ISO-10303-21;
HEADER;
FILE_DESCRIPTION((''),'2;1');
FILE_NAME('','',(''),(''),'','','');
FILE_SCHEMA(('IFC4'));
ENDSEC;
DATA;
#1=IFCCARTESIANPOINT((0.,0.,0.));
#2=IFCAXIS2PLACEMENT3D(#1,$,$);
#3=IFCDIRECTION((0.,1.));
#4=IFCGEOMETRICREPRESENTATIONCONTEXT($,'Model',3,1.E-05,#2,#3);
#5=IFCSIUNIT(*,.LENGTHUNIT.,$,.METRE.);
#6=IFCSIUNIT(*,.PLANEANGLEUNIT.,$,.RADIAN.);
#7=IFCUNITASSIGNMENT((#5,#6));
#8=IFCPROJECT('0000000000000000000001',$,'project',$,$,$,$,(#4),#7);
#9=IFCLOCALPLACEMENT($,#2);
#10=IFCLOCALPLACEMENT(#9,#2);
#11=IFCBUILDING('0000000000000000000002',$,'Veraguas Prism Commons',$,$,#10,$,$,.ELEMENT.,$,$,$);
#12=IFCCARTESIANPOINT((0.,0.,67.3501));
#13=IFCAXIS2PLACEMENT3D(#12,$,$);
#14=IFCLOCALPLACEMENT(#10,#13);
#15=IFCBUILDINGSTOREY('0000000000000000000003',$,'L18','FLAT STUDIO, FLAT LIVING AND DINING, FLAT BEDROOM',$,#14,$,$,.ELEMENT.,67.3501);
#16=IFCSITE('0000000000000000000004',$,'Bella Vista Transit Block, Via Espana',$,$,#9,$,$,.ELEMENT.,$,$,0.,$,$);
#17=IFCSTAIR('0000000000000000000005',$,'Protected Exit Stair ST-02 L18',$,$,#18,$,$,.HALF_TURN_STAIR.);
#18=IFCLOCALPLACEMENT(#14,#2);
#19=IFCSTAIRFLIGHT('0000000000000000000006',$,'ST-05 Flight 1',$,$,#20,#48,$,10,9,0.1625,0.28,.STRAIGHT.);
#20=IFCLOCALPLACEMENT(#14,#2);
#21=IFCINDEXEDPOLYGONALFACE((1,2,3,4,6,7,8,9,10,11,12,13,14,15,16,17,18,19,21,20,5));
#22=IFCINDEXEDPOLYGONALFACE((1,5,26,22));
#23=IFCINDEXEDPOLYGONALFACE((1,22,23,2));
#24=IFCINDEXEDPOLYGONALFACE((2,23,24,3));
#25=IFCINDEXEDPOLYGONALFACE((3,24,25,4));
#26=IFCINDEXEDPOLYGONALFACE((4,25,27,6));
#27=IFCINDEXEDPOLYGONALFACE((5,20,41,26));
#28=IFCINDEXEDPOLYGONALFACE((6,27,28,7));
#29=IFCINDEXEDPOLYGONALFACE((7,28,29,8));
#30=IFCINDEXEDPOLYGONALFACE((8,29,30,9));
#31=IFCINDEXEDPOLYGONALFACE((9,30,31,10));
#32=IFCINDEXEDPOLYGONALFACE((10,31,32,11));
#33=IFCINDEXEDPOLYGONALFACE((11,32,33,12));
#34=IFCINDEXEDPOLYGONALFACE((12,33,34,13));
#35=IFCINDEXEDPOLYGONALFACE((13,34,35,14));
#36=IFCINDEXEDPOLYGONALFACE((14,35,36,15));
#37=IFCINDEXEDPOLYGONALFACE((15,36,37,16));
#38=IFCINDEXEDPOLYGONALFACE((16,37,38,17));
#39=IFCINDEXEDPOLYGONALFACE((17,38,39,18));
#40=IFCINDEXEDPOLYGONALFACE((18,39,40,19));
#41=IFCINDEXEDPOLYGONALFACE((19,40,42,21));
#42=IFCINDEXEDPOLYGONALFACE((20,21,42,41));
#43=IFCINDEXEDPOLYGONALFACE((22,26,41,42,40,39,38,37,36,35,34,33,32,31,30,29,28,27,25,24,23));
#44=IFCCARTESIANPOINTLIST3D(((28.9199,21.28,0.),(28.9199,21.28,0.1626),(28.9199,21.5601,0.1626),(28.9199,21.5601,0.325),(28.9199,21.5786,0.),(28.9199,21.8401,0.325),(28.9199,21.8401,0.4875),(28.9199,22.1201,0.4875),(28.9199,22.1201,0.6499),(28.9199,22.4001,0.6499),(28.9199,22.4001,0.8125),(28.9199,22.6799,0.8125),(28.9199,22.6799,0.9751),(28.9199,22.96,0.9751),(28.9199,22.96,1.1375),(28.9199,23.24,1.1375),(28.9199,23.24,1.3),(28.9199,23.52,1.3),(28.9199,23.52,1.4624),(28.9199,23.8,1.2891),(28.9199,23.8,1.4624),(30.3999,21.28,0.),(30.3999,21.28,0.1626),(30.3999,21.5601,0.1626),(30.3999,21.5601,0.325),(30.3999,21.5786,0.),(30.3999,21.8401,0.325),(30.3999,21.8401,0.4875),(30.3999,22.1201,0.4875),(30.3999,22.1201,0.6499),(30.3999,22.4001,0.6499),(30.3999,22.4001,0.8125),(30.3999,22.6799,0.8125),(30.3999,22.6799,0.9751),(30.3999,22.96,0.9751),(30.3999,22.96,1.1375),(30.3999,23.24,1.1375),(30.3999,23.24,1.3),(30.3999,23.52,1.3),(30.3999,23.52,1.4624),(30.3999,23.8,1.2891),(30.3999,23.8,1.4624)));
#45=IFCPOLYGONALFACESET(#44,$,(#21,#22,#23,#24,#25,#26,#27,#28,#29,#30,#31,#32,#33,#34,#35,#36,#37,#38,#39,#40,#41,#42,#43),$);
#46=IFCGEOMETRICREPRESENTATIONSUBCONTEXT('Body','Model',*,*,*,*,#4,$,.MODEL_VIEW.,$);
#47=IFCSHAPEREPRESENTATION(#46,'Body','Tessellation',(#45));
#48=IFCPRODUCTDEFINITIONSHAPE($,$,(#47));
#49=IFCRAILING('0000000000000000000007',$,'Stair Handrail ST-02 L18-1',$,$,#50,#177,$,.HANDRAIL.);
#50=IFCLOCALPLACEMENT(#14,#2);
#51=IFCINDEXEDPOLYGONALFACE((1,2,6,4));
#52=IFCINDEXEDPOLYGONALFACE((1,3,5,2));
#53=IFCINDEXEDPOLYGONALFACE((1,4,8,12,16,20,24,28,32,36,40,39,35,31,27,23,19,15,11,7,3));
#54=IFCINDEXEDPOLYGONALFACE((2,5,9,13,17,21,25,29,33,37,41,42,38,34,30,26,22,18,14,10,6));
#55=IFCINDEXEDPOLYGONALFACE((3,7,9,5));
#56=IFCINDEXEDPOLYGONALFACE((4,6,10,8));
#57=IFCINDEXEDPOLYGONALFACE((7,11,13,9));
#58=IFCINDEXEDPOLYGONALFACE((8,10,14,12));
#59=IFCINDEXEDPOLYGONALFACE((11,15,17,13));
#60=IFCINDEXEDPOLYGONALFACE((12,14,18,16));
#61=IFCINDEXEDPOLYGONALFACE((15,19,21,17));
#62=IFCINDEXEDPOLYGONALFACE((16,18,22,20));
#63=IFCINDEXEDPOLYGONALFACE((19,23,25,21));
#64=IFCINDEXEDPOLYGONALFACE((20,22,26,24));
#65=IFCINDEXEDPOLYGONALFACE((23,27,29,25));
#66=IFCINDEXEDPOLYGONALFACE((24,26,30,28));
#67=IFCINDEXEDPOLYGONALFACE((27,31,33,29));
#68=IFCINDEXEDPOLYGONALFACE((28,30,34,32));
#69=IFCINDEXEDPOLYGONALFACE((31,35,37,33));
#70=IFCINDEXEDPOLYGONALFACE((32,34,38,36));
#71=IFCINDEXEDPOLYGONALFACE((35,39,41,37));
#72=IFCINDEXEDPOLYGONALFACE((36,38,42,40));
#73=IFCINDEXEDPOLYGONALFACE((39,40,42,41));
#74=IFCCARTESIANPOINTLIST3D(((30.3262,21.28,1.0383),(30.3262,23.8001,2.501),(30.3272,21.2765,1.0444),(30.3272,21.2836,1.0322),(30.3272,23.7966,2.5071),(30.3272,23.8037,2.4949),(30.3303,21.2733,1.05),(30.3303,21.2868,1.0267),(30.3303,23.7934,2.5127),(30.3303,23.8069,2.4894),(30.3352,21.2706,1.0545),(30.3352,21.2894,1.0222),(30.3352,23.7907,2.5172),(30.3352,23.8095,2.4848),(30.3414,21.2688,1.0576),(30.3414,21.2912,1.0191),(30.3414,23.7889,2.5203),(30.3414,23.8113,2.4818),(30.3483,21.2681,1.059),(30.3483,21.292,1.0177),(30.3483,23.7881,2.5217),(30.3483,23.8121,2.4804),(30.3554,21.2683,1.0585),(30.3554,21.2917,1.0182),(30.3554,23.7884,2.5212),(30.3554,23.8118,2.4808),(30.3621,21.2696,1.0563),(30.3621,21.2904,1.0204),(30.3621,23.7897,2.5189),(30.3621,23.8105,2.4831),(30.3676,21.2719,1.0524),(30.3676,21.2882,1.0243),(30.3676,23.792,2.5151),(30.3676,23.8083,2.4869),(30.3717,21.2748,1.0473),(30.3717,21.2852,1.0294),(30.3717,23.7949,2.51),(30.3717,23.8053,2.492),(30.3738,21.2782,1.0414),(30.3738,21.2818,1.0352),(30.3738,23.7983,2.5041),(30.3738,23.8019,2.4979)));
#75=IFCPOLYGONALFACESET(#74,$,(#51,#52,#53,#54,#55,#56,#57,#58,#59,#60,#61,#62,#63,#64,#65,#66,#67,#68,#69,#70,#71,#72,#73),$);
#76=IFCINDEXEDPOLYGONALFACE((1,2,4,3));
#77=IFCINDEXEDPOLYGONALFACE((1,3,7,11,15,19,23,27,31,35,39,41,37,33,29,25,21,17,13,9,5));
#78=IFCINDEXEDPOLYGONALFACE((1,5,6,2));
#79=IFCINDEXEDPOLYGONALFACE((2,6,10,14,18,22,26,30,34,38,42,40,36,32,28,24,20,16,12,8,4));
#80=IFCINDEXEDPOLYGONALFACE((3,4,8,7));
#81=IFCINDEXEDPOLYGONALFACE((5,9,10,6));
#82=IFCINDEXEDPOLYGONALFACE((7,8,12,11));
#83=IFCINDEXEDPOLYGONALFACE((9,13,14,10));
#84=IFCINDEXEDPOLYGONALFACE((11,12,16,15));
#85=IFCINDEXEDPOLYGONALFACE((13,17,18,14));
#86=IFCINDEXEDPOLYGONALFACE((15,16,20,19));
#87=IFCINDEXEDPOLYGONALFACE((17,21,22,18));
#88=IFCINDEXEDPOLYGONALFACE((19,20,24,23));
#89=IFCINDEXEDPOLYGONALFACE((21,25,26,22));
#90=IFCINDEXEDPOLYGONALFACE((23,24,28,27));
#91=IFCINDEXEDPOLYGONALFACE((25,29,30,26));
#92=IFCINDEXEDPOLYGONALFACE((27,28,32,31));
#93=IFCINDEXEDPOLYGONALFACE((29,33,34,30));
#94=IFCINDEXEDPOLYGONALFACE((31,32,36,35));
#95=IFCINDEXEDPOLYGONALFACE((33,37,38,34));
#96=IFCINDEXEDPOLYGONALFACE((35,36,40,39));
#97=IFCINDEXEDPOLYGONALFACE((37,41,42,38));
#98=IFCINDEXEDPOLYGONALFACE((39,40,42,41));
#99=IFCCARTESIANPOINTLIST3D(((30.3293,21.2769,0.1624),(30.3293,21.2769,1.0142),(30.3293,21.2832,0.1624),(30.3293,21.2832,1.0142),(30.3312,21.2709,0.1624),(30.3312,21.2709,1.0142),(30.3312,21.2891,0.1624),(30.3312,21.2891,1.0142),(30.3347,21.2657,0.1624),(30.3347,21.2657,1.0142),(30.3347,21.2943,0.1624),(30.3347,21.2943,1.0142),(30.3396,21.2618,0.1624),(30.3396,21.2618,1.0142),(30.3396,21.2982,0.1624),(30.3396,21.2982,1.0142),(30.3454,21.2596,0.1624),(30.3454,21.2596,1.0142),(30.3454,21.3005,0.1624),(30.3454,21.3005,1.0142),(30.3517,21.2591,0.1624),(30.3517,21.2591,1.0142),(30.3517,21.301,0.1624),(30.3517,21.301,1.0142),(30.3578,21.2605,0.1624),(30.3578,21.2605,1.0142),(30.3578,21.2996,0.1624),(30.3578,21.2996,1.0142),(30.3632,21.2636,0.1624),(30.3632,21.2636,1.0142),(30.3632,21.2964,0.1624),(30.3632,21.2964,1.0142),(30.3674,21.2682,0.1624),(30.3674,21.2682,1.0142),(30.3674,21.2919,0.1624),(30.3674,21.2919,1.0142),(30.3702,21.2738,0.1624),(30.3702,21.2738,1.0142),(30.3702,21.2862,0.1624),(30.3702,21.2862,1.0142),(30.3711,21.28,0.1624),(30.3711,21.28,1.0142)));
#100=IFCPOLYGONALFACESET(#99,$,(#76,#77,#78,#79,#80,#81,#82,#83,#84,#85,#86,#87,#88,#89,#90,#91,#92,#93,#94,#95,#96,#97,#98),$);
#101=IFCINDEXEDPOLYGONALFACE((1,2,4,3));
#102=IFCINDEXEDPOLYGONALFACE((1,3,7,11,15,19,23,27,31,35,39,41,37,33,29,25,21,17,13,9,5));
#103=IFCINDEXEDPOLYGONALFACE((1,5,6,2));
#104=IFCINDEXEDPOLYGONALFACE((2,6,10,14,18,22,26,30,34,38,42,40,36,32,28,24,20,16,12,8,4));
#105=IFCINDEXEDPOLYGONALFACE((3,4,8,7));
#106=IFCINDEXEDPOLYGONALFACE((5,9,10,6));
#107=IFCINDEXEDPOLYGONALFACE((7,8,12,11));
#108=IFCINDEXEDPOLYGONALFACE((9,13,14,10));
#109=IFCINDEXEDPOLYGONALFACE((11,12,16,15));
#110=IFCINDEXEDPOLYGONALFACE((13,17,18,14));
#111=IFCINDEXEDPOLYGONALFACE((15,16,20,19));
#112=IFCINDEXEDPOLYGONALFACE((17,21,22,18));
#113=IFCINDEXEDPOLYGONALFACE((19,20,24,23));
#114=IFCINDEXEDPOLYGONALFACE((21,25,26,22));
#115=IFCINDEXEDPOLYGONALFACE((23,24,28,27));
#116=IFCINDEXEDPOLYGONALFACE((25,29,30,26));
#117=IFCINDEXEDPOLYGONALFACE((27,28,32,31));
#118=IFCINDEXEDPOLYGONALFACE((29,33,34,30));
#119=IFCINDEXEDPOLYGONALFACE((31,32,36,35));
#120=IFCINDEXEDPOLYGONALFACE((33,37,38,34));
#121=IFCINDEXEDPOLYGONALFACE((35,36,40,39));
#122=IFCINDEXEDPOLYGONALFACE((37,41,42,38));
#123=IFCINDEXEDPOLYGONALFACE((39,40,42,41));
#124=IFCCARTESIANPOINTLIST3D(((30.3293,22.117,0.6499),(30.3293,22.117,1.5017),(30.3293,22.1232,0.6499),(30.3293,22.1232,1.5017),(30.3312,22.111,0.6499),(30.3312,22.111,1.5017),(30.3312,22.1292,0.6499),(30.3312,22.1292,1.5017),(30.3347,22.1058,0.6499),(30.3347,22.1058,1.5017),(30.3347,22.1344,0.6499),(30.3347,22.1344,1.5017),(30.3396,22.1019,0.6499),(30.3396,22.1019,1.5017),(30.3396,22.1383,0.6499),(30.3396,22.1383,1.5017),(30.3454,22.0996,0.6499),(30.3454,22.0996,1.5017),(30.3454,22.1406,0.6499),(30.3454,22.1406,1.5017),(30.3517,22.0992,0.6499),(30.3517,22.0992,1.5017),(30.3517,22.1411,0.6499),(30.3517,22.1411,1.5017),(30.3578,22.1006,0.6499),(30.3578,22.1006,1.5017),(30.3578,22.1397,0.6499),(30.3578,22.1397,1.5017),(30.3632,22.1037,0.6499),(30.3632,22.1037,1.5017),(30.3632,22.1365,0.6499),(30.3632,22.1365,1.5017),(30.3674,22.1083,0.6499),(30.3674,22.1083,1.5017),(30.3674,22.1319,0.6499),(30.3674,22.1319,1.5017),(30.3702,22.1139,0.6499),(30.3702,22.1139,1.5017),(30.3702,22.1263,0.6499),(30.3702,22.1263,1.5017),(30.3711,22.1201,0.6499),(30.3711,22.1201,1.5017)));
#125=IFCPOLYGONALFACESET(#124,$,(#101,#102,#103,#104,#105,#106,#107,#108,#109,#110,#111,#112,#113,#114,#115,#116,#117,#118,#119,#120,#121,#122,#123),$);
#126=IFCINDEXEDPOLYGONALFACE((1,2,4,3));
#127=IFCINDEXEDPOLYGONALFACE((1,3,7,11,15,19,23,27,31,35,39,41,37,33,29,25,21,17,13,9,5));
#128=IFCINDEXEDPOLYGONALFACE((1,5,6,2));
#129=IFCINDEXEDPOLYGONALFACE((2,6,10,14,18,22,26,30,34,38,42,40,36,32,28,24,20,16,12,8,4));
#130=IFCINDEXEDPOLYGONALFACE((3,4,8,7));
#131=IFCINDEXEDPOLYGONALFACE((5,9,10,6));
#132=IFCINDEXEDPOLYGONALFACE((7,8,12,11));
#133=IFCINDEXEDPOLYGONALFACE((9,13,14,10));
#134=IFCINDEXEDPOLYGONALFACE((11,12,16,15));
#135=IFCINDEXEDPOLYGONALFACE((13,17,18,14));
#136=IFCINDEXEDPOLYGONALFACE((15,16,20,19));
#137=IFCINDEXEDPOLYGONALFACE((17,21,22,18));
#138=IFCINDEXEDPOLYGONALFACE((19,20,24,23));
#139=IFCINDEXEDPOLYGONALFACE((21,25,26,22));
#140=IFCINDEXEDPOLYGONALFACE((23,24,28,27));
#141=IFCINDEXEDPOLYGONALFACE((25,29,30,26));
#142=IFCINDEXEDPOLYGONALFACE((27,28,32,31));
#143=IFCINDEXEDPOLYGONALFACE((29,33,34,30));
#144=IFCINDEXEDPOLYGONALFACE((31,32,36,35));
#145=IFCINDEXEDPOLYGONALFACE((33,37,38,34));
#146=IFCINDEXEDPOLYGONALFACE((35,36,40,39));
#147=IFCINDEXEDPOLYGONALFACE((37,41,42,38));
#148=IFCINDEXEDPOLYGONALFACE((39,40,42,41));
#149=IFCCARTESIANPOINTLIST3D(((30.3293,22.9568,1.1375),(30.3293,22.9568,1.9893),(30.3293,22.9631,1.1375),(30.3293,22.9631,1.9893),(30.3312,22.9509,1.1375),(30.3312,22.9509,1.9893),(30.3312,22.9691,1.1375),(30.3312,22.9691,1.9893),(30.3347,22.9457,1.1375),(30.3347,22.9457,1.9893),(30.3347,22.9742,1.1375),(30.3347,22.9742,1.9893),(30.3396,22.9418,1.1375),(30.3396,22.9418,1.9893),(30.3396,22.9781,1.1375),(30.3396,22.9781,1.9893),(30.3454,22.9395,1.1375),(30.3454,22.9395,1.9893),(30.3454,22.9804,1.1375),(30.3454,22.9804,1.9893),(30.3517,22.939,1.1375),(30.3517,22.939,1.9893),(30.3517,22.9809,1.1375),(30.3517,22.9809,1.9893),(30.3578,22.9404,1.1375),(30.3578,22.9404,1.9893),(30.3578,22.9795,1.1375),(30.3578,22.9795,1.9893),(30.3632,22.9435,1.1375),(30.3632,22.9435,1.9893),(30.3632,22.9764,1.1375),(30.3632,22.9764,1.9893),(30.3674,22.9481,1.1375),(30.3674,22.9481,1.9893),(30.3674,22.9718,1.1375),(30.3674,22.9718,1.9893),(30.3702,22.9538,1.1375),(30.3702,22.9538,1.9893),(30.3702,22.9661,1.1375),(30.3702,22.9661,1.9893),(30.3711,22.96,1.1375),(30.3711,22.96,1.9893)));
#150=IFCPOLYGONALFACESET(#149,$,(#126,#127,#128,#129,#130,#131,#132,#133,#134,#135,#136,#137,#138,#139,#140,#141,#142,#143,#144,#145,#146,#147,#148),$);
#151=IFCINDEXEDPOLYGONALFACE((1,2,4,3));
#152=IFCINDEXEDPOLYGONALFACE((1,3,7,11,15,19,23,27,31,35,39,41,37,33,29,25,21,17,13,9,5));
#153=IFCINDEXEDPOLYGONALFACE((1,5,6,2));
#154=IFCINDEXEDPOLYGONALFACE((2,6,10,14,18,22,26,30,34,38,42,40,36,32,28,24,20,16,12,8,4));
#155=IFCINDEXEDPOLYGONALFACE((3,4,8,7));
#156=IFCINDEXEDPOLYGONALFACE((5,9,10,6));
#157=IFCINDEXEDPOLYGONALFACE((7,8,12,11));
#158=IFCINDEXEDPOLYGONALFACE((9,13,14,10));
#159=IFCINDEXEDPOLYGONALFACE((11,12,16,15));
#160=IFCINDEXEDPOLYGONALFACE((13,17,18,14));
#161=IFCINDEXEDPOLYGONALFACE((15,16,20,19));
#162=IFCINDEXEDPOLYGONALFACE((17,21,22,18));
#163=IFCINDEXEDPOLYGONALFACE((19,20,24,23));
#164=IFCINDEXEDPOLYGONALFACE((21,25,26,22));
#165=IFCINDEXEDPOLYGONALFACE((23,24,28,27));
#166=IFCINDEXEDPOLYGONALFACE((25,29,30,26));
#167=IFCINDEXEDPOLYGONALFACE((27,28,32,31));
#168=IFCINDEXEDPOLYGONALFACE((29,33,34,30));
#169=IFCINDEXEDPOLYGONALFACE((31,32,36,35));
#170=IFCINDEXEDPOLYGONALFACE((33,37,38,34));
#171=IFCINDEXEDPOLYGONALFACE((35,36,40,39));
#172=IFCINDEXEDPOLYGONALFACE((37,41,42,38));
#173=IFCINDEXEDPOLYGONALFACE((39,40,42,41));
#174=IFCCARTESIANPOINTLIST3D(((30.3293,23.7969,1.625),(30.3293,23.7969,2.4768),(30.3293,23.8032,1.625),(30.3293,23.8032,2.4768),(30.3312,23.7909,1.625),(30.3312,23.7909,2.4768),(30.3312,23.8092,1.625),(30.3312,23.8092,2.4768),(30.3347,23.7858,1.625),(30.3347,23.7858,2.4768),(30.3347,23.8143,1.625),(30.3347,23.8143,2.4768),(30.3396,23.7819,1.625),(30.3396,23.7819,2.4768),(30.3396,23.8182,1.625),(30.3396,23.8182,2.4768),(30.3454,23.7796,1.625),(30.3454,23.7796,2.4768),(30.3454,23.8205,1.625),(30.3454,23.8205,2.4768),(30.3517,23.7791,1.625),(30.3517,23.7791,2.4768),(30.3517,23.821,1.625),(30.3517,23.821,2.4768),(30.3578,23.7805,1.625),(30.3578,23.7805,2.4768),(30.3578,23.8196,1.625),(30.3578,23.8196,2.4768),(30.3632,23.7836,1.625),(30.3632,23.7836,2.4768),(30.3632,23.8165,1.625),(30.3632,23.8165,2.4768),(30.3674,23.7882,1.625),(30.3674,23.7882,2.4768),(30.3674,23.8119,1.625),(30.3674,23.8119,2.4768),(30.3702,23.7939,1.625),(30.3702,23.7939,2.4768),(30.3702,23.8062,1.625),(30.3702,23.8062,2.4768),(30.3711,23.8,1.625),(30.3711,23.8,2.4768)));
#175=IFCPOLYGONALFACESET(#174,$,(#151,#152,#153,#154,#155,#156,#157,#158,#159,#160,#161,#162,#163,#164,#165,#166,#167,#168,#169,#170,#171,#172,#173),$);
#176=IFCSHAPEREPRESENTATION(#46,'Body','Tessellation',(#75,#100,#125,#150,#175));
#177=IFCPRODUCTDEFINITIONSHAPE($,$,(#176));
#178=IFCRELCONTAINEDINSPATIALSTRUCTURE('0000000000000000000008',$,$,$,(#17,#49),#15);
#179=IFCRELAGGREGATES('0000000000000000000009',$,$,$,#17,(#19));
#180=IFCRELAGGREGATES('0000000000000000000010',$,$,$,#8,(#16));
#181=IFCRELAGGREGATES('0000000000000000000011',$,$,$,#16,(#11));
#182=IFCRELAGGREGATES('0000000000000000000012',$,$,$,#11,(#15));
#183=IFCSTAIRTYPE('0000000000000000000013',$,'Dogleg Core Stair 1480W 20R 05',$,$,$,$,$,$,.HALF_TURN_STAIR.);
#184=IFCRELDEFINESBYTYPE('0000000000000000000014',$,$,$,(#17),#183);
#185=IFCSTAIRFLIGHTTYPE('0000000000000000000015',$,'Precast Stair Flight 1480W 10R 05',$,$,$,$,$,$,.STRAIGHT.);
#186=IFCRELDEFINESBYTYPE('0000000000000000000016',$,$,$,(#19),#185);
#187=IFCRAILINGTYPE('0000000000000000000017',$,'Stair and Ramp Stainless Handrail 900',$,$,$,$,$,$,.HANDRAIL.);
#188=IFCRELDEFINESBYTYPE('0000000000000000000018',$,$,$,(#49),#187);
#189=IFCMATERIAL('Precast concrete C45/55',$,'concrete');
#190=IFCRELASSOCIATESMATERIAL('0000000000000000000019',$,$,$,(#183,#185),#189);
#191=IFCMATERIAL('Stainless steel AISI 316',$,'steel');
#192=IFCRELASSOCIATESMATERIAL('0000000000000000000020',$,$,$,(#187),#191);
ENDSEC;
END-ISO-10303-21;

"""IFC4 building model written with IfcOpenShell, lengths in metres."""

from ifc_helpers import new_model, si_unit, direction, frame, origin, origin_2d, place, context, subcontext, project, spatial, polyline, circle, outline, extrude, material, type_object, element, aggregate, save


model = new_model("IFC4")

# Units and contexts
model_context = context("Model", 3, precision=1e-05, world=origin(), true_north=direction((0.0, 1.0)))
body_context = subcontext(model_context, "Body", "Model", "MODEL_VIEW")
ifc_project = project(units=[si_unit("LENGTHUNIT", "METRE"), si_unit("PLANEANGLEUNIT", "RADIAN")], contexts=[model_context])

# Site, building, storey
site_placement = place(None, origin())
site = spatial("IfcSite", under=ifc_project, at=site_placement, Name="Bella Vista Transit Block, Via Espana", CompositionType="ELEMENT", RefElevation=0.0)
building_placement = place(site_placement, origin())
building = spatial("IfcBuilding", under=site, at=building_placement, Name="Veraguas Prism Commons", CompositionType="ELEMENT")
storey_placement = place(building_placement, frame((0.0, 0.0, 67.3501)))
storey = spatial("IfcBuildingStorey", under=building, at=storey_placement, Name="L18", Description="FLAT STUDIO, FLAT LIVING AND DINING, FLAT BEDROOM", CompositionType="ELEMENT", Elevation=67.3501)

# Shared definitions
ifc_material_1 = material(Name="Stainless steel AISI 316", Category="steel")

# Stair, stair flight
ifc_material_2 = material(Name="Precast concrete C45/55", Category="concrete")
stair_type = type_object("IfcStairType", Name="Dogleg Core Stair 1480W 20R 05", PredefinedType="HALF_TURN_STAIR", material=ifc_material_2)
stair_placement = place(storey_placement, origin())
stair = element("IfcStair", 1, at=stair_placement, inside=storey, type_object=stair_type, Name="Protected Exit Stair ST-02 L18", PredefinedType="HALF_TURN_STAIR")
stair_flight_type = type_object("IfcStairFlightType", Name="Precast Stair Flight 1480W 10R 05", PredefinedType="STRAIGHT", material=ifc_material_2)
stair_flight_placement = place(storey_placement, frame((29.6599, 21.28, 0.0), z_axis=(0.0, 0.0, 1.0), x_axis=(0.0, 1.0, 0.0)))
stair_flight = element("IfcStairFlight", 2, at=stair_flight_placement, type_object=stair_flight_type, Name="ST-05 Flight 1", NumberOfRisers=10, NumberOfTreads=9, PredefinedType="STRAIGHT", RiserHeight=0.1625, TreadLength=0.28, context=body_context, shape_type="SweptSolid", body=[
    extrude(outline(polyline([(0.0, 0.0), (0.0, 0.1626), (0.28, 0.1626), (0.28, 0.325), (0.5601, 0.325), (0.5601, 0.4875), (0.8401, 0.4875), (0.8401, 0.6499), (1.1201, 0.6499), (1.1201, 0.8125), (1.3999, 0.8125), (1.3999, 0.9751), (1.6799, 0.9751), (1.6799, 1.1375), (1.96, 1.1375), (1.96, 1.3), (2.24, 1.3), (2.24, 1.4624), (2.52, 1.4624), (2.52, 1.625), (2.52, 1.2891), (0.2986, 0.0), (0.0, 0.0)])), frame((0.0, 0.74, 0.0), z_axis=(0.0, -1.0, 0.0), x_axis=(1.0, 0.0, 0.0)), (0.0, 0.0, 1.0), 1.48),
])
aggregate(stair, [stair_flight])

# Railing
railing_type_1 = type_object("IfcRailingType", Name="Stair and Ramp Stainless Handrail 900", PredefinedType="HANDRAIL", material=ifc_material_1)
railing_1_placement = place(storey_placement, frame((30.3501, 21.28, 0.1624)))
element("IfcRailing", 3, at=railing_1_placement, inside=storey, type_object=railing_type_1, Name="Stair Handrail ST-02 L18-1", PredefinedType="HANDRAIL", context=body_context, shape_type="SweptSolid", body=[
    extrude(circle(Radius=0.0239, at=origin_2d()), frame((0.0, 0.0, 0.876), z_axis=(0.0, 0.864877, 0.501984), x_axis=(-1.0, 0.0, 0.0)), (0.0, 0.0, 1.0), 2.9138),
    extrude(circle(Radius=0.021, at=origin_2d()), origin(), (0.0, 0.0, 1.0), 0.8518),
    extrude(circle(Radius=0.021, at=origin_2d()), frame((0.0, 0.8401, 0.4875)), (0.0, 0.0, 1.0), 0.8518),
    extrude(circle(Radius=0.021, at=origin_2d()), frame((0.0, 1.6799, 0.9751)), (0.0, 0.0, 1.0), 0.8518),
    extrude(circle(Radius=0.021, at=origin_2d()), frame((0.0, 2.52, 1.4626)), (0.0, 0.0, 1.0), 0.8518),
])

save(model, "model.ifc")
